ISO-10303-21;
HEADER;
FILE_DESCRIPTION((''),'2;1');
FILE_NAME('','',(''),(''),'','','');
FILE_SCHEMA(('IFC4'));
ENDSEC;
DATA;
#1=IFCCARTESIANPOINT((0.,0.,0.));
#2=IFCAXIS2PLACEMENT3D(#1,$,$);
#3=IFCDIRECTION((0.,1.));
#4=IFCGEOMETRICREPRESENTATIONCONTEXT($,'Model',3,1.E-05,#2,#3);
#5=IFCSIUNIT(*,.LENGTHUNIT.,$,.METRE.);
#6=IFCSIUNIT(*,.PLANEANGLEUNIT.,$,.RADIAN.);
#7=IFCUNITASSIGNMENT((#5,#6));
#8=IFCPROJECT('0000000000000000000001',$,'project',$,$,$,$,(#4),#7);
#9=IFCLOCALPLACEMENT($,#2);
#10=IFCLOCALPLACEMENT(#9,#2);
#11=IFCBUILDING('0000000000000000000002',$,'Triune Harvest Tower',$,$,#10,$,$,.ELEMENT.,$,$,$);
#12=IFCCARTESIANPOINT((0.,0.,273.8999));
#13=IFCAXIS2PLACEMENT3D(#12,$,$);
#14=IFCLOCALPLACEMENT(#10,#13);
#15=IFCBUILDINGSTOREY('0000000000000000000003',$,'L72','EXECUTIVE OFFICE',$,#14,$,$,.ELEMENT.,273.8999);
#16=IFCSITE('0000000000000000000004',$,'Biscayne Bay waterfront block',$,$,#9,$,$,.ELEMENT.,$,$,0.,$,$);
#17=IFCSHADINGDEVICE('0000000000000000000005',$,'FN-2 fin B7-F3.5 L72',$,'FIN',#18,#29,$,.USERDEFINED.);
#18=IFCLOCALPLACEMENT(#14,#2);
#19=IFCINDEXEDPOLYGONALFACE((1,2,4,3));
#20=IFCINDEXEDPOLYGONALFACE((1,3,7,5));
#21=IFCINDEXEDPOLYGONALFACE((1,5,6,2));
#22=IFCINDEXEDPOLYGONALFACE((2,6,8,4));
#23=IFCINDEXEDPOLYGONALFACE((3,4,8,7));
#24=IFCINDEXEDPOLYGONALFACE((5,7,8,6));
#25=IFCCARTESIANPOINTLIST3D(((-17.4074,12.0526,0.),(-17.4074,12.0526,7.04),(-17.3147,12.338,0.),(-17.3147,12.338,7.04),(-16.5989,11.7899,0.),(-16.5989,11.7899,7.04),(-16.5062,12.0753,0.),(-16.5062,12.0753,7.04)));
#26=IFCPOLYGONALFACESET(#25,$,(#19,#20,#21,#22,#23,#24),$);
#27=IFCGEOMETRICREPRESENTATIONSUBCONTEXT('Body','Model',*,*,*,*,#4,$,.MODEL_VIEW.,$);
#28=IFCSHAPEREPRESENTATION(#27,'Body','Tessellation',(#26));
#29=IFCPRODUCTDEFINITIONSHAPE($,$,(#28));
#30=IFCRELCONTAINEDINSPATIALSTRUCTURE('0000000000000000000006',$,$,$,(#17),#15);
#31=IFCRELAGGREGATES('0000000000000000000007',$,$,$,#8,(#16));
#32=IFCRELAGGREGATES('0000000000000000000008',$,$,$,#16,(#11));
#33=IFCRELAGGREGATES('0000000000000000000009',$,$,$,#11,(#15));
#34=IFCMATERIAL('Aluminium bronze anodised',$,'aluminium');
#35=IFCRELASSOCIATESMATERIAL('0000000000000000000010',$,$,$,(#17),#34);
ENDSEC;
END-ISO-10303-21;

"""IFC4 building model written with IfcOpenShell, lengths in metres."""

from ifc_helpers import new_model, si_unit, direction, frame, origin, origin_2d, place, context, subcontext, project, spatial, rectangle, extrude, source, transform, mapped, material, element, save


model = new_model("IFC4")

# Units and contexts
model_context = context("Model", 3, precision=1e-05, world=origin(), true_north=direction((0.0, 1.0)))
body_context = subcontext(model_context, "Body", "Model", "MODEL_VIEW")
ifc_project = project(units=[si_unit("LENGTHUNIT", "METRE"), si_unit("PLANEANGLEUNIT", "RADIAN")], contexts=[model_context])

# Site, building, storey
site_placement = place(None, origin())
site = spatial("IfcSite", under=ifc_project, at=site_placement, Name="Biscayne Bay waterfront block", CompositionType="ELEMENT", RefElevation=0.0)
building_placement = place(site_placement, origin())
building = spatial("IfcBuilding", under=site, at=building_placement, Name="Triune Harvest Tower", CompositionType="ELEMENT")
storey_placement = place(building_placement, frame((0.0, 0.0, 273.8999)))
storey = spatial("IfcBuildingStorey", under=building, at=storey_placement, Name="L72", Description="EXECUTIVE OFFICE", CompositionType="ELEMENT", Elevation=273.8999)

# Shading device
ifc_material_1 = material(Name="Aluminium bronze anodised", Category="aluminium")
shared_shape_1 = source(origin(), body_context, "Body", "SweptSolid", [
    extrude(rectangle(XDim=0.3, YDim=0.8501, at=origin_2d()), origin(), (0.0, 0.0, 1.0), 7.04),
])
shading_device_1_placement = place(storey_placement, frame((-16.9568, 12.064, 0.0), z_axis=(0.0, 0.0, 1.0), x_axis=(-0.309016, -0.951057, 0.0)))
element("IfcShadingDevice", 1, at=shading_device_1_placement, inside=storey, material=ifc_material_1, Name="FN-2 fin B7-F3.5 L72", ObjectType="FIN", PredefinedType="USERDEFINED", context=body_context, shape_type="MappedRepresentation", body=[
    mapped(shared_shape_1, transform((0.0, 0.0, 0.0), scale=1.0)),
])

save(model, "model.ifc")
